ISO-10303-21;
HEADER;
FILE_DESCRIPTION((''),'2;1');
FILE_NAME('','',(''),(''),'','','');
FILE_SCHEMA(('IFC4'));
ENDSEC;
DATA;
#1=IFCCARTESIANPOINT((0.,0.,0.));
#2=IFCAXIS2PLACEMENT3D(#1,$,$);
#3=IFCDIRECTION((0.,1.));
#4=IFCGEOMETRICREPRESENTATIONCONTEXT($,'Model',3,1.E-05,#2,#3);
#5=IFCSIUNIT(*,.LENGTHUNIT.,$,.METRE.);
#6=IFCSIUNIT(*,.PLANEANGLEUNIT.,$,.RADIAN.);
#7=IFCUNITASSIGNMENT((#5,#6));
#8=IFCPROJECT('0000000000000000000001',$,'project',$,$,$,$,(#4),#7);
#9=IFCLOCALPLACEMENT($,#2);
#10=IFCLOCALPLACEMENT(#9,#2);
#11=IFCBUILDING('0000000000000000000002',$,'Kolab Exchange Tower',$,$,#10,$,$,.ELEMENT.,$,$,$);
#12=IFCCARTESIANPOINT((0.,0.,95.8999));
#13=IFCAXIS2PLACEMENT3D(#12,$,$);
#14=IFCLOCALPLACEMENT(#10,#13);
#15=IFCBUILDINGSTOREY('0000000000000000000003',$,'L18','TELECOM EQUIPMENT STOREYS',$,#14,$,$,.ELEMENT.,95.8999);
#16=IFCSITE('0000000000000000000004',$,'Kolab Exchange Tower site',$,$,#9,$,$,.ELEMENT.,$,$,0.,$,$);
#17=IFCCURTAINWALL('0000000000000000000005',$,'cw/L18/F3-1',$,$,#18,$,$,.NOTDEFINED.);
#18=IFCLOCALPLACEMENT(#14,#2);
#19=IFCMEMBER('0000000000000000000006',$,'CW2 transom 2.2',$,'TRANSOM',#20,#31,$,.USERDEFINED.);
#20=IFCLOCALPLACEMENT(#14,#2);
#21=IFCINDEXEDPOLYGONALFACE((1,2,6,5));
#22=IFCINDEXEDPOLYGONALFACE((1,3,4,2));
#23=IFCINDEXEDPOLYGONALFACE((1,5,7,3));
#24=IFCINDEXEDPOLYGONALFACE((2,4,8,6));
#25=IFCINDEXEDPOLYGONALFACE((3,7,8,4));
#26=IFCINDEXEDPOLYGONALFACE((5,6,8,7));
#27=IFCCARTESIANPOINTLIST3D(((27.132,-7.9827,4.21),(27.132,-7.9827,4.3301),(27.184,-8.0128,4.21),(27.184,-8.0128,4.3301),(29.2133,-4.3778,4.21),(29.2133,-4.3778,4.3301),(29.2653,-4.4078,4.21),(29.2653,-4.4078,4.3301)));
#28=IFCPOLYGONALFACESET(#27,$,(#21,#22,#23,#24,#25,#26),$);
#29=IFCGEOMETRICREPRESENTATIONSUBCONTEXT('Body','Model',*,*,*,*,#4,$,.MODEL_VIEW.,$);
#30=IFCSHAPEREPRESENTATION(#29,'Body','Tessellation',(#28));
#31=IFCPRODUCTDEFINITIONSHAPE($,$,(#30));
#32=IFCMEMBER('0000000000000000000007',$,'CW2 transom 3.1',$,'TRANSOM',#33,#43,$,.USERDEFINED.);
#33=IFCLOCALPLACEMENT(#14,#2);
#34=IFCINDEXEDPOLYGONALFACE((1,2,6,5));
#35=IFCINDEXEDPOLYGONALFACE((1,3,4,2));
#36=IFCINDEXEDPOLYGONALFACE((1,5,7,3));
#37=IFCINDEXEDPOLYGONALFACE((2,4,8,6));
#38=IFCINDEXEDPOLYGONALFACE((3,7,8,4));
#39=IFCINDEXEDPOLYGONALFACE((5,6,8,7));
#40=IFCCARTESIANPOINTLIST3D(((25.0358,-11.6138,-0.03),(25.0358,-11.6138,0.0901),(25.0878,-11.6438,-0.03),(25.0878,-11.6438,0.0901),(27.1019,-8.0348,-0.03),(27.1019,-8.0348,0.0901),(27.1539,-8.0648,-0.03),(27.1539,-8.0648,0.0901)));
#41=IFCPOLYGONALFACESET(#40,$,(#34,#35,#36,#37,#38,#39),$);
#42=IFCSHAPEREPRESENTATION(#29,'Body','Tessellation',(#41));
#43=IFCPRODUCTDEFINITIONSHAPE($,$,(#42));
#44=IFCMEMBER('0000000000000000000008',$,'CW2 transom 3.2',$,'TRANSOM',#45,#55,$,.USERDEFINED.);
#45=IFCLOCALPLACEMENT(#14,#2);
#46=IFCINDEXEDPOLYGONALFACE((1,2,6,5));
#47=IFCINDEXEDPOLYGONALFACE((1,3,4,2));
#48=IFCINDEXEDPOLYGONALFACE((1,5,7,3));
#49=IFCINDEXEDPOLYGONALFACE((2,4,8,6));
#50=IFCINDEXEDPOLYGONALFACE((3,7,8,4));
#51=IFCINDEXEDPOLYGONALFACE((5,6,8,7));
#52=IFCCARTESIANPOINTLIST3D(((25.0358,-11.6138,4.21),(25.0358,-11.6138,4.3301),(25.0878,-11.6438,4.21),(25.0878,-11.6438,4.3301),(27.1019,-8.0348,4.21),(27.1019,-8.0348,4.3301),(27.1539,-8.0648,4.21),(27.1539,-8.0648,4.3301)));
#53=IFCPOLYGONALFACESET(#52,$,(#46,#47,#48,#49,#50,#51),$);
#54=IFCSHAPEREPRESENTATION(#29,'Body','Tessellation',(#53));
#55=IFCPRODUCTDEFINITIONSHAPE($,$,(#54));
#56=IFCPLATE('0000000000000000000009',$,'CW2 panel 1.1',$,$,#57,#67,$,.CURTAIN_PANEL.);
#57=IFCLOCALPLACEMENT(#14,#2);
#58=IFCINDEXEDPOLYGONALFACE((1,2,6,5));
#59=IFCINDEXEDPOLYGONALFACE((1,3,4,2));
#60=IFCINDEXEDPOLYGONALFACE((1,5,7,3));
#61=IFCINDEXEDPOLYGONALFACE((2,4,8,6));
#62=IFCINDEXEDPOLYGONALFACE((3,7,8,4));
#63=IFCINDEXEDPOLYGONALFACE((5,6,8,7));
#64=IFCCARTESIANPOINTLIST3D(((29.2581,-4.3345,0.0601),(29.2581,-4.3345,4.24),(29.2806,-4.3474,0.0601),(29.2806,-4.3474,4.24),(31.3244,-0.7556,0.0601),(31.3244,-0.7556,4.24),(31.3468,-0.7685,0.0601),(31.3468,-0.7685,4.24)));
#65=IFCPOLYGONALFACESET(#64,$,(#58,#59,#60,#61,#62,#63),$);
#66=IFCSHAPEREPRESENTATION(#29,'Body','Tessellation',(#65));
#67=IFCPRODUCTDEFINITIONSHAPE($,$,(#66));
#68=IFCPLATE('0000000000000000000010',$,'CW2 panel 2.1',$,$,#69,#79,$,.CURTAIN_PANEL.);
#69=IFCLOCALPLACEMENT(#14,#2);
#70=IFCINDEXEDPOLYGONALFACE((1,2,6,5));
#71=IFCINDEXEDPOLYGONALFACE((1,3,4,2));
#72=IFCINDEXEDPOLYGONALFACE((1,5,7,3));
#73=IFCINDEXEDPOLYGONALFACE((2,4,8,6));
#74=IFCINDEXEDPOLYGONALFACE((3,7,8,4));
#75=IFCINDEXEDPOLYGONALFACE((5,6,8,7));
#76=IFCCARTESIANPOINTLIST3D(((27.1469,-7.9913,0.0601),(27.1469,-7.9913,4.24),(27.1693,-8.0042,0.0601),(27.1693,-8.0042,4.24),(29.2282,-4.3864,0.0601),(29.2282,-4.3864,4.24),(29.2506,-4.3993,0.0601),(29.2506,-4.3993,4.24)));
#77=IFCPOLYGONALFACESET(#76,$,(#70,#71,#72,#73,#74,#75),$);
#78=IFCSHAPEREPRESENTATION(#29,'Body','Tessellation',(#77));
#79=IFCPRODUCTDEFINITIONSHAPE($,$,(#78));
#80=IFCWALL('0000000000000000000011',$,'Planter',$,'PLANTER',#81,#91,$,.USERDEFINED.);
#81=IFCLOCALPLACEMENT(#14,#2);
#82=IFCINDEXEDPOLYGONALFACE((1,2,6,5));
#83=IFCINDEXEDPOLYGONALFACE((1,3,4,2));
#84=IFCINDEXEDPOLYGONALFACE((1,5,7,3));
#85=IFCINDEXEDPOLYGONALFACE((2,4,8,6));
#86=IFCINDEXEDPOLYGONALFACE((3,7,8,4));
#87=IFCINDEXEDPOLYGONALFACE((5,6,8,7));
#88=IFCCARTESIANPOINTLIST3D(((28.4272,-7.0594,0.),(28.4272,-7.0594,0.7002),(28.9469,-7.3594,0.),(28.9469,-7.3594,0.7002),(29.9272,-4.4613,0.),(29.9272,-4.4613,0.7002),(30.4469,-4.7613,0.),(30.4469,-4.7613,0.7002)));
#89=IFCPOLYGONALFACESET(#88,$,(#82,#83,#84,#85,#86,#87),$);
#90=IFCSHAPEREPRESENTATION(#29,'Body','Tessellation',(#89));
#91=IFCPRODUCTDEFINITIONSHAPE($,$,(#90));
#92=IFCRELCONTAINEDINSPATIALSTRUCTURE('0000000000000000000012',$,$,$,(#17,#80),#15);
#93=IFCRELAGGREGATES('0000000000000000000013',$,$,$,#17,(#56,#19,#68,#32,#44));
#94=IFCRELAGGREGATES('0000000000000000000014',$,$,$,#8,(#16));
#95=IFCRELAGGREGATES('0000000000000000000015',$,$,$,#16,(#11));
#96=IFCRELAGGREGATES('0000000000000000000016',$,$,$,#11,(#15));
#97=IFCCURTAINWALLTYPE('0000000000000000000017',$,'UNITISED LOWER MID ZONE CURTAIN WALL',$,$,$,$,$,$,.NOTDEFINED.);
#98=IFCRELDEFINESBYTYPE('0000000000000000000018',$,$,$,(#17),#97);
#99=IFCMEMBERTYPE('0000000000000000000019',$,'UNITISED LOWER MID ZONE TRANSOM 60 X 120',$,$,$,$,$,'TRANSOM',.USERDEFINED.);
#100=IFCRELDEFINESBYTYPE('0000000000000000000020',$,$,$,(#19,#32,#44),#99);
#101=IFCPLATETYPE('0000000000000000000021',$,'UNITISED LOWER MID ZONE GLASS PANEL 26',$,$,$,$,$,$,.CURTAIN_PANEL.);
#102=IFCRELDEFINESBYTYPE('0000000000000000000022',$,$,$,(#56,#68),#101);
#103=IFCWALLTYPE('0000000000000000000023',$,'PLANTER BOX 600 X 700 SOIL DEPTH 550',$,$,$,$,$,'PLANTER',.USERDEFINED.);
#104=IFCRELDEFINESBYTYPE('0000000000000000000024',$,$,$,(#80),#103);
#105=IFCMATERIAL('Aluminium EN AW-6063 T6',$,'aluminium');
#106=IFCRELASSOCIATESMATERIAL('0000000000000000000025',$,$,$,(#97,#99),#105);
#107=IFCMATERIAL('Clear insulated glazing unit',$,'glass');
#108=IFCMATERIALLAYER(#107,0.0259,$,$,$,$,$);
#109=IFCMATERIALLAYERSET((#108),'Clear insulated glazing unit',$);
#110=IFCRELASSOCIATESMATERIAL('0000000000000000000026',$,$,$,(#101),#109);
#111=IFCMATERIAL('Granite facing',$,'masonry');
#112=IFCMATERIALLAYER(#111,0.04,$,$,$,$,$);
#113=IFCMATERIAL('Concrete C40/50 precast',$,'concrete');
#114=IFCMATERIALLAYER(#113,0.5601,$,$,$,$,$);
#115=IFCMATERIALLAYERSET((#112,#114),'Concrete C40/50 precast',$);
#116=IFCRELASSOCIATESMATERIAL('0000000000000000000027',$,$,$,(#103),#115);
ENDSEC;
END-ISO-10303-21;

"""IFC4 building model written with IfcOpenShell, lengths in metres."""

from ifc_helpers import new_model, si_unit, direction, frame, frame_2d, origin, origin_2d, place, context, subcontext, project, spatial, rectangle, extrude, material, layer, layer_set, material_profile, profile_set, type_object, element, aggregate, save


model = new_model("IFC4")

# Units and contexts
model_context = context("Model", 3, precision=1e-05, world=origin(), true_north=direction((0.0, 1.0)))
body_context = subcontext(model_context, "Body", "Model", "MODEL_VIEW")
ifc_project = project(units=[si_unit("LENGTHUNIT", "METRE"), si_unit("PLANEANGLEUNIT", "RADIAN")], contexts=[model_context])

# Site, building, storey
site_placement = place(None, origin())
site = spatial("IfcSite", under=ifc_project, at=site_placement, Name="Kolab Exchange Tower site", CompositionType="ELEMENT", RefElevation=0.0)
building_placement = place(site_placement, origin())
building = spatial("IfcBuilding", under=site, at=building_placement, Name="Kolab Exchange Tower", CompositionType="ELEMENT")
storey_placement = place(building_placement, frame((0.0, 0.0, 95.8999)))
storey = spatial("IfcBuildingStorey", under=building, at=storey_placement, Name="L18", Description="TELECOM EQUIPMENT STOREYS", CompositionType="ELEMENT", Elevation=95.8999)

# Curtain wall
ifc_material_1 = material(Name="Aluminium EN AW-6063 T6", Category="aluminium")
curtain_wall_type = type_object("IfcCurtainWallType", Name="UNITISED LOWER MID ZONE CURTAIN WALL", PredefinedType="NOTDEFINED", material=ifc_material_1)
curtain_wall_1_placement = place(storey_placement, origin())
curtain_wall_1 = element("IfcCurtainWall", 1, at=curtain_wall_1_placement, inside=storey, type_object=curtain_wall_type, Name="cw/L18/F3-1", PredefinedType="NOTDEFINED")

# Members
ifc_material_profile_1 = material_profile(ifc_material_1, rectangle(XDim=0.0601, YDim=0.1201, at=origin_2d()), Name="RECT 60X120")
ifc_profile_set_1 = profile_set([ifc_material_profile_1], Name="Aluminium EN AW-6063 T6")
member_type_1 = type_object("IfcMemberType", Name="UNITISED LOWER MID ZONE TRANSOM 60 X 120", ElementType="TRANSOM", PredefinedType="USERDEFINED", material=ifc_profile_set_1)
member_1_placement = place(storey_placement, frame((29.2393, -4.3928, 4.27), z_axis=(-0.499993, -0.866029, 0.0), x_axis=(0.866029, -0.499993, 0.0)))
member_1 = element("IfcMember", 2, at=member_1_placement, type_object=member_type_1, Name="CW2 transom 2.2", ObjectType="TRANSOM", PredefinedType="USERDEFINED", context=body_context, shape_type="SweptSolid", body=[
    extrude(rectangle(XDim=0.0601, YDim=0.1201, at=origin_2d()), origin(), (0.0, 0.0, 1.0), 4.1626),
])
member_2_placement = place(storey_placement, frame((27.1279, -8.0498, 0.03), z_axis=(-0.499958, -0.86605, 0.0), x_axis=(0.86605, -0.499958, 0.0)))
member_2 = element("IfcMember", 3, at=member_2_placement, type_object=member_type_1, Name="CW2 transom 3.1", ObjectType="TRANSOM", PredefinedType="USERDEFINED", context=body_context, shape_type="SweptSolid", body=[
    extrude(rectangle(XDim=0.0601, YDim=0.1201, at=origin_2d()), origin(), (0.0, 0.0, 1.0), 4.1326),
])
member_3_placement = place(storey_placement, frame((27.1279, -8.0498, 4.27), z_axis=(-0.499958, -0.86605, 0.0), x_axis=(0.86605, -0.499958, 0.0)))
member_3 = element("IfcMember", 4, at=member_3_placement, type_object=member_type_1, Name="CW2 transom 3.2", ObjectType="TRANSOM", PredefinedType="USERDEFINED", context=body_context, shape_type="SweptSolid", body=[
    extrude(rectangle(XDim=0.0601, YDim=0.1201, at=origin_2d()), origin(), (0.0, 0.0, 1.0), 4.1326),
])

# Plates
ifc_material_2 = material(Name="Clear insulated glazing unit", Category="glass")
ifc_layer_1 = layer(ifc_material_2, 0.0259)
ifc_layer_set_1 = layer_set([ifc_layer_1], Name="Clear insulated glazing unit")
plate_type = type_object("IfcPlateType", Name="UNITISED LOWER MID ZONE GLASS PANEL 26", PredefinedType="CURTAIN_PANEL", material=ifc_layer_set_1)
plate_1_placement = place(storey_placement, frame((30.3025, -2.5515, 0.0601), z_axis=(0.0, 0.0, 1.0), x_axis=(-0.5, -0.866025, 0.0)))
plate_1 = element("IfcPlate", 5, at=plate_1_placement, type_object=plate_type, Name="CW2 panel 1.1", PredefinedType="CURTAIN_PANEL", context=body_context, shape_type="SweptSolid", body=[
    extrude(rectangle(XDim=4.1326, YDim=0.0259, at=origin_2d()), origin(), (0.0, 0.0, 1.0), 4.1799),
])
plate_2_placement = place(storey_placement, frame((28.1987, -6.1953, 0.0601), z_axis=(0.0, 0.0, 1.0), x_axis=(-0.5, -0.866025, 0.0)))
plate_2 = element("IfcPlate", 6, at=plate_2_placement, type_object=plate_type, Name="CW2 panel 2.1", PredefinedType="CURTAIN_PANEL", context=body_context, shape_type="SweptSolid", body=[
    extrude(rectangle(XDim=4.1626, YDim=0.0259, at=origin_2d()), origin(), (0.0, 0.0, 1.0), 4.1799),
])
aggregate(curtain_wall_1, [plate_1, member_1, plate_2, member_2, member_3])

# Wall
ifc_material_3 = material(Name="Granite facing", Category="masonry")
ifc_layer_2 = layer(ifc_material_3, 0.04)
ifc_material_4 = material(Name="Concrete C40/50 precast", Category="concrete")
ifc_layer_3 = layer(ifc_material_4, 0.5601)
ifc_layer_set_2 = layer_set([ifc_layer_2, ifc_layer_3], Name="Concrete C40/50 precast")
wall_type = type_object("IfcWallType", Name="PLANTER BOX 600 X 700 SOIL DEPTH 550", ElementType="PLANTER", PredefinedType="USERDEFINED", material=ifc_layer_set_2)
wall_placement = place(storey_placement, frame((30.187, -4.6113, 0.0), z_axis=(0.0, 0.0, 1.0), x_axis=(-0.49999, -0.866031, 0.0)))
element("IfcWall", 7, at=wall_placement, inside=storey, type_object=wall_type, Name="Planter", ObjectType="PLANTER", PredefinedType="USERDEFINED", context=body_context, shape_type="SweptSolid", body=[
    extrude(rectangle(XDim=3.0, YDim=0.6001, at=frame_2d((1.5, 0.0))), origin(), (0.0, 0.0, 1.0), 0.7002),
])

save(model, "model.ifc")
